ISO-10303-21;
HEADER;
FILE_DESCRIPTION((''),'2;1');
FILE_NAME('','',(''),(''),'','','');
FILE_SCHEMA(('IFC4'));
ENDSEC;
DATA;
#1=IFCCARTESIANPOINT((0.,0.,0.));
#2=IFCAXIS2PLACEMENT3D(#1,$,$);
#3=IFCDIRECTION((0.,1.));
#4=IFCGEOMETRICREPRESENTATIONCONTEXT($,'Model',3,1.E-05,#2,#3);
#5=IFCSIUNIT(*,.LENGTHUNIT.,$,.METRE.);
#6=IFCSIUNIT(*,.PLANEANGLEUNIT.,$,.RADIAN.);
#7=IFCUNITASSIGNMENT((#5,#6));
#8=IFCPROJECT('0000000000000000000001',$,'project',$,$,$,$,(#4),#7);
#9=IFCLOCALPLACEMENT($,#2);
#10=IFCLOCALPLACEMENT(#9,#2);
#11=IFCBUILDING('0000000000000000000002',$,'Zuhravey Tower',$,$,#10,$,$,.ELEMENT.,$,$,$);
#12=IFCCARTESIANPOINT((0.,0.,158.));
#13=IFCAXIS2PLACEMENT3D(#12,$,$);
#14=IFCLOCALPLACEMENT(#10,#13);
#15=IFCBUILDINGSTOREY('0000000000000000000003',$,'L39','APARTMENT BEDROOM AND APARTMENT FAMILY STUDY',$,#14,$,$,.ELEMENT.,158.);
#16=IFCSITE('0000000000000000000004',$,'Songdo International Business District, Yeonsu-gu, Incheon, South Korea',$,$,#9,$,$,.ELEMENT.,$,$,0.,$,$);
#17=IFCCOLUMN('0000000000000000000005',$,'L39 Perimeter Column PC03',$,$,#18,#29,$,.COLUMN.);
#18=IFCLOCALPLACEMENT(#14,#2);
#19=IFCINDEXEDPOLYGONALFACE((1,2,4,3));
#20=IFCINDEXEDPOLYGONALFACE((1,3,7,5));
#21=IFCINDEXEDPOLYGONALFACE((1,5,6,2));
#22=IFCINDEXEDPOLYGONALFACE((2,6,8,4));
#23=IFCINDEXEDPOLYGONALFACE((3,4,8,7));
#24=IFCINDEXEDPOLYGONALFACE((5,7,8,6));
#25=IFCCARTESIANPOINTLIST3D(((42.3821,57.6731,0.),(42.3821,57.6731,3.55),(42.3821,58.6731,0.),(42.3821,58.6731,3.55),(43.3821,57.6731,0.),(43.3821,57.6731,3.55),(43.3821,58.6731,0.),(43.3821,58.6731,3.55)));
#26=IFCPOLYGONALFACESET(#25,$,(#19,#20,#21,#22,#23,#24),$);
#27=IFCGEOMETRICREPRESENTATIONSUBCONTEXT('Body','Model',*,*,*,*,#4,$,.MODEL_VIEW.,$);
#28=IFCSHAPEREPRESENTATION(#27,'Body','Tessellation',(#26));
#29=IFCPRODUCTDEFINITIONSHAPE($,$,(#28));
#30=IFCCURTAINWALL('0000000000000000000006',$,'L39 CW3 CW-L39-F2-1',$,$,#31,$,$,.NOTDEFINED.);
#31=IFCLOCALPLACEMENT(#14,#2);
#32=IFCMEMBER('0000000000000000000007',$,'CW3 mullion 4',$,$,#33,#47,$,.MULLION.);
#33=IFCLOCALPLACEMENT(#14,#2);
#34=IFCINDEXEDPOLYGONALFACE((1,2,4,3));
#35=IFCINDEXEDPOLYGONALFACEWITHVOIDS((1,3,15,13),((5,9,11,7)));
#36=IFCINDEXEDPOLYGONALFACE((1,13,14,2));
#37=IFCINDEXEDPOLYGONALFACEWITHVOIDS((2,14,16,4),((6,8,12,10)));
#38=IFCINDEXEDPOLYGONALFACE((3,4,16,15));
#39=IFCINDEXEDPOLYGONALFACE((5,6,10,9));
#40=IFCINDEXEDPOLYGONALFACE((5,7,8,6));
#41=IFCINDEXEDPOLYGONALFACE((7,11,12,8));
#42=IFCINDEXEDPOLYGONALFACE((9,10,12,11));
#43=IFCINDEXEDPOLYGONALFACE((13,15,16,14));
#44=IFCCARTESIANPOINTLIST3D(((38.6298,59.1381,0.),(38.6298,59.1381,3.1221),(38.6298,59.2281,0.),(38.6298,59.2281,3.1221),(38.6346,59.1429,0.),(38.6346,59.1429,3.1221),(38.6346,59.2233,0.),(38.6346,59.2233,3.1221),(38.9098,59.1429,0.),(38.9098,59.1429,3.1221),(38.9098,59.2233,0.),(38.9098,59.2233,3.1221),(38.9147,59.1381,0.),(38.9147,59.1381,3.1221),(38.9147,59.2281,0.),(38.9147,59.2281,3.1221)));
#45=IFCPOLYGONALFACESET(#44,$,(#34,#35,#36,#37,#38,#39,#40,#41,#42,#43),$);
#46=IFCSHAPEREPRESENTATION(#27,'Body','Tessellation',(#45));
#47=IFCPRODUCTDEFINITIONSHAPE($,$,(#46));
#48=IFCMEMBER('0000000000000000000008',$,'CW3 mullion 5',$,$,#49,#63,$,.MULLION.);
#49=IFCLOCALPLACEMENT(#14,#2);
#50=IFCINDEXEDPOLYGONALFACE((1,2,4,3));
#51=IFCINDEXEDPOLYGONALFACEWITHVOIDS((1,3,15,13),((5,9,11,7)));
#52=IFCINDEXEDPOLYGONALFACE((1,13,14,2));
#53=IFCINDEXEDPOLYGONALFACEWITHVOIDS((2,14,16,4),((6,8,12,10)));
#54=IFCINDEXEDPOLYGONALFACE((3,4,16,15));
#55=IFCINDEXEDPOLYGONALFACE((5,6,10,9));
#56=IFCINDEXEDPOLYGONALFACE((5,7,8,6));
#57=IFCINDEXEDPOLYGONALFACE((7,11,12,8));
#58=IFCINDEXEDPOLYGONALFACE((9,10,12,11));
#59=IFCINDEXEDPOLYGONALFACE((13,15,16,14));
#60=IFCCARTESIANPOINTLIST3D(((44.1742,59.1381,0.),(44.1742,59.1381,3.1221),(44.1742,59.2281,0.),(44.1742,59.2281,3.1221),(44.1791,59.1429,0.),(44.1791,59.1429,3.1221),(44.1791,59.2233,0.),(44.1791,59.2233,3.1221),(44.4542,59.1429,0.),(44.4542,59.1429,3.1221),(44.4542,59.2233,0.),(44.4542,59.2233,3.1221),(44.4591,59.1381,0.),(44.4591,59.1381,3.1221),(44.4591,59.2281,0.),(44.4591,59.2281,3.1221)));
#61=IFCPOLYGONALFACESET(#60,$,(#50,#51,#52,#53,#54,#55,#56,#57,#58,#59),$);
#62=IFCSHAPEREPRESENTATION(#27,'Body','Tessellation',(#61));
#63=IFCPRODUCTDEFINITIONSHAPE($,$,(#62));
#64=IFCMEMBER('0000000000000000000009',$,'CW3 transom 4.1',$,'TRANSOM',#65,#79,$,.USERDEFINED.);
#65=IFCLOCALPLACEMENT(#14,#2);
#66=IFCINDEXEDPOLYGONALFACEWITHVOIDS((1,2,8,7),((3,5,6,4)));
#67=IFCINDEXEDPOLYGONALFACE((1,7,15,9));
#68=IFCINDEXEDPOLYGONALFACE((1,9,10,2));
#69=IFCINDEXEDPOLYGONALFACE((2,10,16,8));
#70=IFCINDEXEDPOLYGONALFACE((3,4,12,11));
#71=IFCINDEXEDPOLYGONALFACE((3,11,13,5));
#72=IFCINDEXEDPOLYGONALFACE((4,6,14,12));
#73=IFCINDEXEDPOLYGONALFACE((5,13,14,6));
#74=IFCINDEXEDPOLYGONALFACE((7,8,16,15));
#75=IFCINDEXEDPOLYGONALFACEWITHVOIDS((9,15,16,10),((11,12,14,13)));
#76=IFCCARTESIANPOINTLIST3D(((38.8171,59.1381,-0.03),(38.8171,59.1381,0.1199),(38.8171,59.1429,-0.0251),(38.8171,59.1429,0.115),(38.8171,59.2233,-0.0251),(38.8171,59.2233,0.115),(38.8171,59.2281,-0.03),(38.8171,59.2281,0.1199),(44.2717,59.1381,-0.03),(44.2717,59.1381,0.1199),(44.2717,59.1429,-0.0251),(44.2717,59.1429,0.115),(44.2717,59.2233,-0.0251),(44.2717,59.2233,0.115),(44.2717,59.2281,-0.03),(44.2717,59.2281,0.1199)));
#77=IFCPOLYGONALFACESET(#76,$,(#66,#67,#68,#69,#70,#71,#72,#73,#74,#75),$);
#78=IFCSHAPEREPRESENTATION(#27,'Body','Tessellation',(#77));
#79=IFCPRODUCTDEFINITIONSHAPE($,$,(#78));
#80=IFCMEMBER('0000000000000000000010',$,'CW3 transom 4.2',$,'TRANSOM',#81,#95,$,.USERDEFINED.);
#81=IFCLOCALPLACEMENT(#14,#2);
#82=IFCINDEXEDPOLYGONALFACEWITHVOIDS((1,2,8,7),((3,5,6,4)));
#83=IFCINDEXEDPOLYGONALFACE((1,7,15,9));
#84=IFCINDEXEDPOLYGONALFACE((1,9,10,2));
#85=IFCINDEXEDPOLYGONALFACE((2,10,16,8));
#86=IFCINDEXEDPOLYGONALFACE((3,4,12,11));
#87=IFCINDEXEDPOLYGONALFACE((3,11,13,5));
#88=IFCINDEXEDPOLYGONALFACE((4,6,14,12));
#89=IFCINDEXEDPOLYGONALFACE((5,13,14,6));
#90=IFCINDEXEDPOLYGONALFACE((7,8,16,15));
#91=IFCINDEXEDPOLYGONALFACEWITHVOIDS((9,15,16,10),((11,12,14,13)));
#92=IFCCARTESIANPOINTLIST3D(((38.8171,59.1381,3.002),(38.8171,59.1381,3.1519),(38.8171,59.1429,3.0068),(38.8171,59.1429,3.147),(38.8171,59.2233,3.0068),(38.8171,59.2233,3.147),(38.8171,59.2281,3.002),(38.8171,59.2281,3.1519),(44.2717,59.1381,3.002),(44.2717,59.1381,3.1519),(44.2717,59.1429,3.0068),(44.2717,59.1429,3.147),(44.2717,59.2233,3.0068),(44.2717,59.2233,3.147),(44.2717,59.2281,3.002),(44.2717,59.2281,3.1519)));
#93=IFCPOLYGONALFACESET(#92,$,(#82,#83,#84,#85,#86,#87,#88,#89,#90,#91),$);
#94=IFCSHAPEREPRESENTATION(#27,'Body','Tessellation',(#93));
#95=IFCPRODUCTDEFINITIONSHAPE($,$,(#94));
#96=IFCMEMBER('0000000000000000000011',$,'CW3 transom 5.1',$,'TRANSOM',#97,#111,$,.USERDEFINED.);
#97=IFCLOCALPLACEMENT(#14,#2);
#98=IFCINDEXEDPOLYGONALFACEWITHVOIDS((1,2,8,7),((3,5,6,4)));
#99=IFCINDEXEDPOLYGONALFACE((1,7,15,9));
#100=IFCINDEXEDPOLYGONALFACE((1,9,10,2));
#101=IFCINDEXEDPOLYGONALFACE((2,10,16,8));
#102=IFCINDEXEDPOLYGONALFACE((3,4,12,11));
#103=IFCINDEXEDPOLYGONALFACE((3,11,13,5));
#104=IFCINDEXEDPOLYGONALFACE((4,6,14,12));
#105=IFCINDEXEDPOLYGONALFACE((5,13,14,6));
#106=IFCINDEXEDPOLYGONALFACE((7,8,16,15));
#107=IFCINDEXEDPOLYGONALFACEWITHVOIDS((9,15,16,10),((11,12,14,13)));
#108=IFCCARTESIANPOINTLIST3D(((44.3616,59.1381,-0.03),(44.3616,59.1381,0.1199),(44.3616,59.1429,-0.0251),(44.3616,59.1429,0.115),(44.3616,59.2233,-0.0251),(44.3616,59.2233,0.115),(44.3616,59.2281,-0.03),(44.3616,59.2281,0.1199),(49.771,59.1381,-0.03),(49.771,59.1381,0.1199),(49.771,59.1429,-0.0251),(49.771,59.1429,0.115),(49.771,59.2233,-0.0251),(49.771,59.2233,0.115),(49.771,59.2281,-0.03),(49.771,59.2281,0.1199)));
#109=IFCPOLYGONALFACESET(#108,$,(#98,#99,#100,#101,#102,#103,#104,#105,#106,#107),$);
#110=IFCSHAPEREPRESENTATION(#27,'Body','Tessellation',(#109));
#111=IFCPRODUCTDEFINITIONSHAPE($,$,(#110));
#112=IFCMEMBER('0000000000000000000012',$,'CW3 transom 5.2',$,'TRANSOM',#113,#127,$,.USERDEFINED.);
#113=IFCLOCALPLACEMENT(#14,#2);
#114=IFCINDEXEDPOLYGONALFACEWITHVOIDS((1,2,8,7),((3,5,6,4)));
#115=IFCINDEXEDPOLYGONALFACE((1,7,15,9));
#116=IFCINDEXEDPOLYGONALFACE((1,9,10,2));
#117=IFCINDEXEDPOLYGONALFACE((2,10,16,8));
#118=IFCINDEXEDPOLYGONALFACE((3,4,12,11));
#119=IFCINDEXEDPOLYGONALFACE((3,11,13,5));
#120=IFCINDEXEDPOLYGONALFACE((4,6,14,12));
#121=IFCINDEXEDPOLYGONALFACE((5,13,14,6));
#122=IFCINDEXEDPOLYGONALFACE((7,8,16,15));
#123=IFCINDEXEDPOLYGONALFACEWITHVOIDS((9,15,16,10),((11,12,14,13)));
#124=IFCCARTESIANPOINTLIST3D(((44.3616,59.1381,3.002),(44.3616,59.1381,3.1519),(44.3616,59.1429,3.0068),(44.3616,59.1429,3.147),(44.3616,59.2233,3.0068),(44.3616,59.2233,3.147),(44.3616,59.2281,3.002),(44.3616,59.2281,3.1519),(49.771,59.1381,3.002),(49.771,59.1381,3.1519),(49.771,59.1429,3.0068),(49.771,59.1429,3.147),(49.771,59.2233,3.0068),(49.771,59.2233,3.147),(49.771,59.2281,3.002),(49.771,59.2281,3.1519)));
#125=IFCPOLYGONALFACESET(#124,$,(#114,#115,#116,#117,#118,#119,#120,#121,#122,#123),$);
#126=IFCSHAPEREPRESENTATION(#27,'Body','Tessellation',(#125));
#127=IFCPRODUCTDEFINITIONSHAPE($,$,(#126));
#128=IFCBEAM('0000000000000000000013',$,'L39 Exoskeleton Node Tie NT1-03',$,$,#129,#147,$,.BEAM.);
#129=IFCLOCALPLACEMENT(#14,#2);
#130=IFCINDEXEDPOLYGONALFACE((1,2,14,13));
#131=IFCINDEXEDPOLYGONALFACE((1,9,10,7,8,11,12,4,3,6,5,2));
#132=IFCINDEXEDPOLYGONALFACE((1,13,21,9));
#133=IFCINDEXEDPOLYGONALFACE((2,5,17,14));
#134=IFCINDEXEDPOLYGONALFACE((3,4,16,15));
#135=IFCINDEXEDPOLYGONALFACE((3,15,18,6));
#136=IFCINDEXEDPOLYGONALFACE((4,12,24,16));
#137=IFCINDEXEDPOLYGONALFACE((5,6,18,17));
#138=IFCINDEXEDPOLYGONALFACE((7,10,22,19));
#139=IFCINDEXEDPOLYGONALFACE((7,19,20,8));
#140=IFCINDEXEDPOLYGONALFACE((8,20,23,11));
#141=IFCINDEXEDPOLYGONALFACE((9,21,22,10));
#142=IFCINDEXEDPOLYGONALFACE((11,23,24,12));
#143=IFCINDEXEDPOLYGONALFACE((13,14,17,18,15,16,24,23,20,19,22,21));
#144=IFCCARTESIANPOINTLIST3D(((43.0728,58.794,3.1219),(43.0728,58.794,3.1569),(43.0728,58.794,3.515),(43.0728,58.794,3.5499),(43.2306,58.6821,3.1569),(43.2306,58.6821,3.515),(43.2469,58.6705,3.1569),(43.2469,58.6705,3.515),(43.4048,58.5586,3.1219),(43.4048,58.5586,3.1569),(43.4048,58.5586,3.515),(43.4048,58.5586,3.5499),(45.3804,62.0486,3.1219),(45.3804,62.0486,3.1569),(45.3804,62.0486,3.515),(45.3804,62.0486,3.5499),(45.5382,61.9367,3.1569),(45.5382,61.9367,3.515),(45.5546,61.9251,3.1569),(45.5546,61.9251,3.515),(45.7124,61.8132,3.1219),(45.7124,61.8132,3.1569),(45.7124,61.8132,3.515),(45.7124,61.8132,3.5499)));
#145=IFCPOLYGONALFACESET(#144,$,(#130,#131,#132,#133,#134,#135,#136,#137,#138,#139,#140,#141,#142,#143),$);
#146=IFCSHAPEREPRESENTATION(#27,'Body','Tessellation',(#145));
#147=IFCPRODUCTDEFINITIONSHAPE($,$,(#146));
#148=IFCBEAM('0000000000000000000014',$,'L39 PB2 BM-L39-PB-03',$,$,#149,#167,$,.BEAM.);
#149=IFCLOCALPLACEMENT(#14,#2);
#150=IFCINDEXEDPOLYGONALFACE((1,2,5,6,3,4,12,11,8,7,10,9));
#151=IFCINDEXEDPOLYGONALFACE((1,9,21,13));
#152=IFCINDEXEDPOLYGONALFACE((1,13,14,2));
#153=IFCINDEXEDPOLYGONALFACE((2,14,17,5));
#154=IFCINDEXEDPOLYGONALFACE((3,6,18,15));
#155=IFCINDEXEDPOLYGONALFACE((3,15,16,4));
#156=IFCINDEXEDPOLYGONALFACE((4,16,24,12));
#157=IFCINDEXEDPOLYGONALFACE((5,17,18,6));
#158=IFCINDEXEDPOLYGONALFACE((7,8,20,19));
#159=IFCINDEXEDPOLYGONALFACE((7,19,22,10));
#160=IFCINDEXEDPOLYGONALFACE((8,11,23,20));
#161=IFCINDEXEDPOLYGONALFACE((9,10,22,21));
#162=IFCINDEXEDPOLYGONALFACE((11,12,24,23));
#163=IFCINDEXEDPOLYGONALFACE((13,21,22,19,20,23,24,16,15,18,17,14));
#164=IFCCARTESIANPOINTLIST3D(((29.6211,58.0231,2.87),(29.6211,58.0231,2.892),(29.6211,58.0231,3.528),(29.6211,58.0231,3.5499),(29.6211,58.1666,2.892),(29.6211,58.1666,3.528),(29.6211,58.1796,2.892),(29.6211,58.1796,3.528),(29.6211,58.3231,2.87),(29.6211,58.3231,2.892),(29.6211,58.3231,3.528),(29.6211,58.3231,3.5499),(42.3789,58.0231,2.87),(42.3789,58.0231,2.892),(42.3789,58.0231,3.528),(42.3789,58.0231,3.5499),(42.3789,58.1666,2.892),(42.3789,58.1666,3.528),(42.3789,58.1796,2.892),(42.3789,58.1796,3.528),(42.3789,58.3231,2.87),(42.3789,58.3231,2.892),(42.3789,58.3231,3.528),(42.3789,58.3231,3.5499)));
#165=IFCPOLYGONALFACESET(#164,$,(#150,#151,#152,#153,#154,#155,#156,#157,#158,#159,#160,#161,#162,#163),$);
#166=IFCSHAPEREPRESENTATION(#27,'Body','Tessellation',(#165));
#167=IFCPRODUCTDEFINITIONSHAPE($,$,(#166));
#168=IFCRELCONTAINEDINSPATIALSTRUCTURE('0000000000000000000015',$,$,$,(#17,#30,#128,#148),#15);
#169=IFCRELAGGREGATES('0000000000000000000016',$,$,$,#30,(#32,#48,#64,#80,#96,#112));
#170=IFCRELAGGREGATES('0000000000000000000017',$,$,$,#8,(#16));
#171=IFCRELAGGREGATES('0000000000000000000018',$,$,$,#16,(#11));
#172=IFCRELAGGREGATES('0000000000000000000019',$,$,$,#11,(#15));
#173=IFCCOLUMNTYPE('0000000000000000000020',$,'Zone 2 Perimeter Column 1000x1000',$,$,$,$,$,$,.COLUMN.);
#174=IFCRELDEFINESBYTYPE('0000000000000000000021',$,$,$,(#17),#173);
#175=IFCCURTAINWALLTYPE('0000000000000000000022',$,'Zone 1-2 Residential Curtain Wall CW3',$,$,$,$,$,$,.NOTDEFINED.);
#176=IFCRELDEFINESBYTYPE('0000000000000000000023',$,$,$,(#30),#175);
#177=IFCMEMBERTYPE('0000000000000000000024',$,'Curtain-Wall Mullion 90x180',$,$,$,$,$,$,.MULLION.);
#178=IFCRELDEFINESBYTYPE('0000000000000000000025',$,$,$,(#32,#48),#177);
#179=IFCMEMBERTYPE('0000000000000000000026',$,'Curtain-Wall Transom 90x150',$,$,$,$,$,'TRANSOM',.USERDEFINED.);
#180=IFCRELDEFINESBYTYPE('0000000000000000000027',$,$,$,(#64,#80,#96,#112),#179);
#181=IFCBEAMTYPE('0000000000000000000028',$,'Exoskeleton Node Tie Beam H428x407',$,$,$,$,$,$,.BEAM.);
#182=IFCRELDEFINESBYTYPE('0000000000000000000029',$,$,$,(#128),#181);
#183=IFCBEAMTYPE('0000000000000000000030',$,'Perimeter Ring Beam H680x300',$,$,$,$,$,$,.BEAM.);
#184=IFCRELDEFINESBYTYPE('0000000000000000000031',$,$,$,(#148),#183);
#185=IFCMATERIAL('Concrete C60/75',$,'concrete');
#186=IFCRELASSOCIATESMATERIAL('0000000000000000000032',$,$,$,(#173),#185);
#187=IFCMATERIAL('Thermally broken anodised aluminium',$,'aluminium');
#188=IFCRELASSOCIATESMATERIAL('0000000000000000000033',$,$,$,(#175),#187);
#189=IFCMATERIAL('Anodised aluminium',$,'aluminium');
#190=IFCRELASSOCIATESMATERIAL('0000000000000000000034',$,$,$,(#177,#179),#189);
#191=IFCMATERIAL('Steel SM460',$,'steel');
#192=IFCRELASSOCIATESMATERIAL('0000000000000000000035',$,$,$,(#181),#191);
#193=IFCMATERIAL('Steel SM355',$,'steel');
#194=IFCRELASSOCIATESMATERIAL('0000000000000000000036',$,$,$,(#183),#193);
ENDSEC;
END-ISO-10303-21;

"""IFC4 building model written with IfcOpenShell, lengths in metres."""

from ifc_helpers import new_model, si_unit, direction, frame, origin, origin_2d, place, context, subcontext, project, spatial, rectangle, hollow_rectangle, i_section, extrude, material, material_profile, profile_set, type_object, element, aggregate, save


model = new_model("IFC4")

# Units and contexts
model_context = context("Model", 3, precision=1e-05, world=origin(), true_north=direction((0.0, 1.0)))
body_context = subcontext(model_context, "Body", "Model", "MODEL_VIEW")
ifc_project = project(units=[si_unit("LENGTHUNIT", "METRE"), si_unit("PLANEANGLEUNIT", "RADIAN")], contexts=[model_context])

# Site, building, storey
site_placement = place(None, origin())
site = spatial("IfcSite", under=ifc_project, at=site_placement, Name="Songdo International Business District, Yeonsu-gu, Incheon, South Korea", CompositionType="ELEMENT", RefElevation=0.0)
building_placement = place(site_placement, origin())
building = spatial("IfcBuilding", under=site, at=building_placement, Name="Zuhravey Tower", CompositionType="ELEMENT")
storey_placement = place(building_placement, frame((0.0, 0.0, 158.0)))
storey = spatial("IfcBuildingStorey", under=building, at=storey_placement, Name="L39", Description="APARTMENT BEDROOM AND APARTMENT FAMILY STUDY", CompositionType="ELEMENT", Elevation=158.0)

# Column
ifc_material_1 = material(Name="Concrete C60/75", Category="concrete")
ifc_material_profile_1 = material_profile(ifc_material_1, rectangle(XDim=1.0, YDim=1.0, at=origin_2d()), Name="RC-1000x1000")
ifc_profile_set_1 = profile_set([ifc_material_profile_1], Name="Concrete C60/75")
column_type = type_object("IfcColumnType", Name="Zone 2 Perimeter Column 1000x1000", PredefinedType="COLUMN", material=ifc_profile_set_1)
column_placement = place(storey_placement, frame((42.8821, 58.1731, 0.0), z_axis=(0.0, 0.0, 1.0), x_axis=(-1.0, 0.0, 0.0)))
element("IfcColumn", 1, at=column_placement, inside=storey, type_object=column_type, Name="L39 Perimeter Column PC03", PredefinedType="COLUMN", context=body_context, shape_type="SweptSolid", body=[
    extrude(rectangle(XDim=1.0, YDim=1.0, at=origin_2d()), origin(), (0.0, 0.0, 1.0), 3.55),
])

# Curtain wall, members
ifc_material_2 = material(Name="Thermally broken anodised aluminium", Category="aluminium")
curtain_wall_type = type_object("IfcCurtainWallType", Name="Zone 1-2 Residential Curtain Wall CW3", PredefinedType="NOTDEFINED", material=ifc_material_2)
curtain_wall_placement = place(storey_placement, origin())
curtain_wall = element("IfcCurtainWall", 2, at=curtain_wall_placement, inside=storey, type_object=curtain_wall_type, Name="L39 CW3 CW-L39-F2-1", PredefinedType="NOTDEFINED")
ifc_material_3 = material(Name="Anodised aluminium", Category="aluminium")
ifc_material_profile_2 = material_profile(ifc_material_3, hollow_rectangle(XDim=0.0901, YDim=0.2849, WallThickness=0.0049, at=origin_2d()), Name="ALU-RHS-90x285x5")
ifc_profile_set_2 = profile_set([ifc_material_profile_2], Name="Anodised aluminium")
member_type_1 = type_object("IfcMemberType", Name="Curtain-Wall Mullion 90x180", PredefinedType="MULLION", material=ifc_profile_set_2)
member_1_placement = place(storey_placement, frame((38.7722, 59.1831, 0.0), z_axis=(0.0, 0.0, 1.0), x_axis=(0.0, 1.0, 0.0)))
member_1 = element("IfcMember", 3, at=member_1_placement, type_object=member_type_1, Name="CW3 mullion 4", PredefinedType="MULLION", context=body_context, shape_type="SweptSolid", body=[
    extrude(hollow_rectangle(XDim=0.0901, YDim=0.2849, WallThickness=0.0049, at=origin_2d()), origin(), (0.0, 0.0, 1.0), 3.1221),
])
member_2_placement = place(storey_placement, frame((44.3167, 59.1831, 0.0), z_axis=(0.0, 0.0, 1.0), x_axis=(0.0, 1.0, 0.0)))
member_2 = element("IfcMember", 4, at=member_2_placement, type_object=member_type_1, Name="CW3 mullion 5", PredefinedType="MULLION", context=body_context, shape_type="SweptSolid", body=[
    extrude(hollow_rectangle(XDim=0.0901, YDim=0.2849, WallThickness=0.0049, at=origin_2d()), origin(), (0.0, 0.0, 1.0), 3.1221),
])
ifc_material_profile_3 = material_profile(ifc_material_3, hollow_rectangle(XDim=0.0901, YDim=0.1499, WallThickness=0.0049, at=origin_2d()), Name="ALU-RHS-90x150x5")
ifc_profile_set_3 = profile_set([ifc_material_profile_3], Name="Anodised aluminium")
member_type_2 = type_object("IfcMemberType", Name="Curtain-Wall Transom 90x150", ElementType="TRANSOM", PredefinedType="USERDEFINED", material=ifc_profile_set_3)
member_3_placement = place(storey_placement, frame((38.8171, 59.1831, 0.0449), z_axis=(1.0, 0.0, 0.0), x_axis=(0.0, 1.0, 0.0)))
member_3 = element("IfcMember", 5, at=member_3_placement, type_object=member_type_2, Name="CW3 transom 4.1", ObjectType="TRANSOM", PredefinedType="USERDEFINED", context=body_context, shape_type="SweptSolid", body=[
    extrude(hollow_rectangle(XDim=0.0901, YDim=0.1499, WallThickness=0.0049, at=origin_2d()), origin(), (0.0, 0.0, 1.0), 5.4546),
])
member_4_placement = place(storey_placement, frame((38.8171, 59.1831, 3.0769), z_axis=(1.0, 0.0, 0.0), x_axis=(0.0, 1.0, 0.0)))
member_4 = element("IfcMember", 6, at=member_4_placement, type_object=member_type_2, Name="CW3 transom 4.2", ObjectType="TRANSOM", PredefinedType="USERDEFINED", context=body_context, shape_type="SweptSolid", body=[
    extrude(hollow_rectangle(XDim=0.0901, YDim=0.1499, WallThickness=0.0049, at=origin_2d()), origin(), (0.0, 0.0, 1.0), 5.4546),
])
member_5_placement = place(storey_placement, frame((44.3616, 59.1831, 0.0449), z_axis=(1.0, 0.0, 0.0), x_axis=(0.0, 1.0, 0.0)))
member_5 = element("IfcMember", 7, at=member_5_placement, type_object=member_type_2, Name="CW3 transom 5.1", ObjectType="TRANSOM", PredefinedType="USERDEFINED", context=body_context, shape_type="SweptSolid", body=[
    extrude(hollow_rectangle(XDim=0.0901, YDim=0.1499, WallThickness=0.0049, at=origin_2d()), origin(), (0.0, 0.0, 1.0), 5.4094),
])
member_6_placement = place(storey_placement, frame((44.3616, 59.1831, 3.0769), z_axis=(1.0, 0.0, 0.0), x_axis=(0.0, 1.0, 0.0)))
member_6 = element("IfcMember", 8, at=member_6_placement, type_object=member_type_2, Name="CW3 transom 5.2", ObjectType="TRANSOM", PredefinedType="USERDEFINED", context=body_context, shape_type="SweptSolid", body=[
    extrude(hollow_rectangle(XDim=0.0901, YDim=0.1499, WallThickness=0.0049, at=origin_2d()), origin(), (0.0, 0.0, 1.0), 5.4094),
])

# Beams
ifc_material_4 = material(Name="Steel SM460", Category="steel")
ifc_material_profile_4 = material_profile(ifc_material_4, i_section(OverallWidth=0.407, OverallDepth=0.428, WebThickness=0.02, FlangeThickness=0.0349, at=origin_2d()), Name="H-428x407x20x35")
ifc_profile_set_4 = profile_set([ifc_material_profile_4], Name="Steel SM460")
beam_type_1 = type_object("IfcBeamType", Name="Exoskeleton Node Tie Beam H428x407", PredefinedType="BEAM", material=ifc_profile_set_4)
beam_1_placement = place(storey_placement, frame((43.2388, 58.6763, 3.3359), z_axis=(0.578392, 0.815759, 0.0), x_axis=(-0.815759, 0.578392, 0.0)))
element("IfcBeam", 9, at=beam_1_placement, inside=storey, type_object=beam_type_1, Name="L39 Exoskeleton Node Tie NT1-03", PredefinedType="BEAM", context=body_context, shape_type="SweptSolid", body=[
    extrude(i_section(OverallWidth=0.407, OverallDepth=0.428, WebThickness=0.02, FlangeThickness=0.0349, at=origin_2d()), origin(), (0.0, 0.0, 1.0), 3.9897),
])
ifc_material_5 = material(Name="Steel SM355", Category="steel")
ifc_material_profile_5 = material_profile(ifc_material_5, i_section(OverallWidth=0.3, OverallDepth=0.6799, WebThickness=0.0129, FlangeThickness=0.022, at=origin_2d()), Name="H-680x300x13x22")
ifc_profile_set_5 = profile_set([ifc_material_profile_5], Name="Steel SM355")
beam_type_2 = type_object("IfcBeamType", Name="Perimeter Ring Beam H680x300", PredefinedType="BEAM", material=ifc_profile_set_5)
beam_2_placement = place(storey_placement, frame((42.3789, 58.1731, 3.21), z_axis=(-1.0, 0.0, 0.0), x_axis=(0.0, -1.0, 0.0)))
element("IfcBeam", 10, at=beam_2_placement, inside=storey, type_object=beam_type_2, Name="L39 PB2 BM-L39-PB-03", PredefinedType="BEAM", context=body_context, shape_type="SweptSolid", body=[
    extrude(i_section(OverallWidth=0.3, OverallDepth=0.6799, WebThickness=0.0129, FlangeThickness=0.022, at=origin_2d()), origin(), (0.0, 0.0, 1.0), 12.7578),
])

aggregate(curtain_wall, [member_1, member_2, member_3, member_4, member_5, member_6])

save(model, "model.ifc")
